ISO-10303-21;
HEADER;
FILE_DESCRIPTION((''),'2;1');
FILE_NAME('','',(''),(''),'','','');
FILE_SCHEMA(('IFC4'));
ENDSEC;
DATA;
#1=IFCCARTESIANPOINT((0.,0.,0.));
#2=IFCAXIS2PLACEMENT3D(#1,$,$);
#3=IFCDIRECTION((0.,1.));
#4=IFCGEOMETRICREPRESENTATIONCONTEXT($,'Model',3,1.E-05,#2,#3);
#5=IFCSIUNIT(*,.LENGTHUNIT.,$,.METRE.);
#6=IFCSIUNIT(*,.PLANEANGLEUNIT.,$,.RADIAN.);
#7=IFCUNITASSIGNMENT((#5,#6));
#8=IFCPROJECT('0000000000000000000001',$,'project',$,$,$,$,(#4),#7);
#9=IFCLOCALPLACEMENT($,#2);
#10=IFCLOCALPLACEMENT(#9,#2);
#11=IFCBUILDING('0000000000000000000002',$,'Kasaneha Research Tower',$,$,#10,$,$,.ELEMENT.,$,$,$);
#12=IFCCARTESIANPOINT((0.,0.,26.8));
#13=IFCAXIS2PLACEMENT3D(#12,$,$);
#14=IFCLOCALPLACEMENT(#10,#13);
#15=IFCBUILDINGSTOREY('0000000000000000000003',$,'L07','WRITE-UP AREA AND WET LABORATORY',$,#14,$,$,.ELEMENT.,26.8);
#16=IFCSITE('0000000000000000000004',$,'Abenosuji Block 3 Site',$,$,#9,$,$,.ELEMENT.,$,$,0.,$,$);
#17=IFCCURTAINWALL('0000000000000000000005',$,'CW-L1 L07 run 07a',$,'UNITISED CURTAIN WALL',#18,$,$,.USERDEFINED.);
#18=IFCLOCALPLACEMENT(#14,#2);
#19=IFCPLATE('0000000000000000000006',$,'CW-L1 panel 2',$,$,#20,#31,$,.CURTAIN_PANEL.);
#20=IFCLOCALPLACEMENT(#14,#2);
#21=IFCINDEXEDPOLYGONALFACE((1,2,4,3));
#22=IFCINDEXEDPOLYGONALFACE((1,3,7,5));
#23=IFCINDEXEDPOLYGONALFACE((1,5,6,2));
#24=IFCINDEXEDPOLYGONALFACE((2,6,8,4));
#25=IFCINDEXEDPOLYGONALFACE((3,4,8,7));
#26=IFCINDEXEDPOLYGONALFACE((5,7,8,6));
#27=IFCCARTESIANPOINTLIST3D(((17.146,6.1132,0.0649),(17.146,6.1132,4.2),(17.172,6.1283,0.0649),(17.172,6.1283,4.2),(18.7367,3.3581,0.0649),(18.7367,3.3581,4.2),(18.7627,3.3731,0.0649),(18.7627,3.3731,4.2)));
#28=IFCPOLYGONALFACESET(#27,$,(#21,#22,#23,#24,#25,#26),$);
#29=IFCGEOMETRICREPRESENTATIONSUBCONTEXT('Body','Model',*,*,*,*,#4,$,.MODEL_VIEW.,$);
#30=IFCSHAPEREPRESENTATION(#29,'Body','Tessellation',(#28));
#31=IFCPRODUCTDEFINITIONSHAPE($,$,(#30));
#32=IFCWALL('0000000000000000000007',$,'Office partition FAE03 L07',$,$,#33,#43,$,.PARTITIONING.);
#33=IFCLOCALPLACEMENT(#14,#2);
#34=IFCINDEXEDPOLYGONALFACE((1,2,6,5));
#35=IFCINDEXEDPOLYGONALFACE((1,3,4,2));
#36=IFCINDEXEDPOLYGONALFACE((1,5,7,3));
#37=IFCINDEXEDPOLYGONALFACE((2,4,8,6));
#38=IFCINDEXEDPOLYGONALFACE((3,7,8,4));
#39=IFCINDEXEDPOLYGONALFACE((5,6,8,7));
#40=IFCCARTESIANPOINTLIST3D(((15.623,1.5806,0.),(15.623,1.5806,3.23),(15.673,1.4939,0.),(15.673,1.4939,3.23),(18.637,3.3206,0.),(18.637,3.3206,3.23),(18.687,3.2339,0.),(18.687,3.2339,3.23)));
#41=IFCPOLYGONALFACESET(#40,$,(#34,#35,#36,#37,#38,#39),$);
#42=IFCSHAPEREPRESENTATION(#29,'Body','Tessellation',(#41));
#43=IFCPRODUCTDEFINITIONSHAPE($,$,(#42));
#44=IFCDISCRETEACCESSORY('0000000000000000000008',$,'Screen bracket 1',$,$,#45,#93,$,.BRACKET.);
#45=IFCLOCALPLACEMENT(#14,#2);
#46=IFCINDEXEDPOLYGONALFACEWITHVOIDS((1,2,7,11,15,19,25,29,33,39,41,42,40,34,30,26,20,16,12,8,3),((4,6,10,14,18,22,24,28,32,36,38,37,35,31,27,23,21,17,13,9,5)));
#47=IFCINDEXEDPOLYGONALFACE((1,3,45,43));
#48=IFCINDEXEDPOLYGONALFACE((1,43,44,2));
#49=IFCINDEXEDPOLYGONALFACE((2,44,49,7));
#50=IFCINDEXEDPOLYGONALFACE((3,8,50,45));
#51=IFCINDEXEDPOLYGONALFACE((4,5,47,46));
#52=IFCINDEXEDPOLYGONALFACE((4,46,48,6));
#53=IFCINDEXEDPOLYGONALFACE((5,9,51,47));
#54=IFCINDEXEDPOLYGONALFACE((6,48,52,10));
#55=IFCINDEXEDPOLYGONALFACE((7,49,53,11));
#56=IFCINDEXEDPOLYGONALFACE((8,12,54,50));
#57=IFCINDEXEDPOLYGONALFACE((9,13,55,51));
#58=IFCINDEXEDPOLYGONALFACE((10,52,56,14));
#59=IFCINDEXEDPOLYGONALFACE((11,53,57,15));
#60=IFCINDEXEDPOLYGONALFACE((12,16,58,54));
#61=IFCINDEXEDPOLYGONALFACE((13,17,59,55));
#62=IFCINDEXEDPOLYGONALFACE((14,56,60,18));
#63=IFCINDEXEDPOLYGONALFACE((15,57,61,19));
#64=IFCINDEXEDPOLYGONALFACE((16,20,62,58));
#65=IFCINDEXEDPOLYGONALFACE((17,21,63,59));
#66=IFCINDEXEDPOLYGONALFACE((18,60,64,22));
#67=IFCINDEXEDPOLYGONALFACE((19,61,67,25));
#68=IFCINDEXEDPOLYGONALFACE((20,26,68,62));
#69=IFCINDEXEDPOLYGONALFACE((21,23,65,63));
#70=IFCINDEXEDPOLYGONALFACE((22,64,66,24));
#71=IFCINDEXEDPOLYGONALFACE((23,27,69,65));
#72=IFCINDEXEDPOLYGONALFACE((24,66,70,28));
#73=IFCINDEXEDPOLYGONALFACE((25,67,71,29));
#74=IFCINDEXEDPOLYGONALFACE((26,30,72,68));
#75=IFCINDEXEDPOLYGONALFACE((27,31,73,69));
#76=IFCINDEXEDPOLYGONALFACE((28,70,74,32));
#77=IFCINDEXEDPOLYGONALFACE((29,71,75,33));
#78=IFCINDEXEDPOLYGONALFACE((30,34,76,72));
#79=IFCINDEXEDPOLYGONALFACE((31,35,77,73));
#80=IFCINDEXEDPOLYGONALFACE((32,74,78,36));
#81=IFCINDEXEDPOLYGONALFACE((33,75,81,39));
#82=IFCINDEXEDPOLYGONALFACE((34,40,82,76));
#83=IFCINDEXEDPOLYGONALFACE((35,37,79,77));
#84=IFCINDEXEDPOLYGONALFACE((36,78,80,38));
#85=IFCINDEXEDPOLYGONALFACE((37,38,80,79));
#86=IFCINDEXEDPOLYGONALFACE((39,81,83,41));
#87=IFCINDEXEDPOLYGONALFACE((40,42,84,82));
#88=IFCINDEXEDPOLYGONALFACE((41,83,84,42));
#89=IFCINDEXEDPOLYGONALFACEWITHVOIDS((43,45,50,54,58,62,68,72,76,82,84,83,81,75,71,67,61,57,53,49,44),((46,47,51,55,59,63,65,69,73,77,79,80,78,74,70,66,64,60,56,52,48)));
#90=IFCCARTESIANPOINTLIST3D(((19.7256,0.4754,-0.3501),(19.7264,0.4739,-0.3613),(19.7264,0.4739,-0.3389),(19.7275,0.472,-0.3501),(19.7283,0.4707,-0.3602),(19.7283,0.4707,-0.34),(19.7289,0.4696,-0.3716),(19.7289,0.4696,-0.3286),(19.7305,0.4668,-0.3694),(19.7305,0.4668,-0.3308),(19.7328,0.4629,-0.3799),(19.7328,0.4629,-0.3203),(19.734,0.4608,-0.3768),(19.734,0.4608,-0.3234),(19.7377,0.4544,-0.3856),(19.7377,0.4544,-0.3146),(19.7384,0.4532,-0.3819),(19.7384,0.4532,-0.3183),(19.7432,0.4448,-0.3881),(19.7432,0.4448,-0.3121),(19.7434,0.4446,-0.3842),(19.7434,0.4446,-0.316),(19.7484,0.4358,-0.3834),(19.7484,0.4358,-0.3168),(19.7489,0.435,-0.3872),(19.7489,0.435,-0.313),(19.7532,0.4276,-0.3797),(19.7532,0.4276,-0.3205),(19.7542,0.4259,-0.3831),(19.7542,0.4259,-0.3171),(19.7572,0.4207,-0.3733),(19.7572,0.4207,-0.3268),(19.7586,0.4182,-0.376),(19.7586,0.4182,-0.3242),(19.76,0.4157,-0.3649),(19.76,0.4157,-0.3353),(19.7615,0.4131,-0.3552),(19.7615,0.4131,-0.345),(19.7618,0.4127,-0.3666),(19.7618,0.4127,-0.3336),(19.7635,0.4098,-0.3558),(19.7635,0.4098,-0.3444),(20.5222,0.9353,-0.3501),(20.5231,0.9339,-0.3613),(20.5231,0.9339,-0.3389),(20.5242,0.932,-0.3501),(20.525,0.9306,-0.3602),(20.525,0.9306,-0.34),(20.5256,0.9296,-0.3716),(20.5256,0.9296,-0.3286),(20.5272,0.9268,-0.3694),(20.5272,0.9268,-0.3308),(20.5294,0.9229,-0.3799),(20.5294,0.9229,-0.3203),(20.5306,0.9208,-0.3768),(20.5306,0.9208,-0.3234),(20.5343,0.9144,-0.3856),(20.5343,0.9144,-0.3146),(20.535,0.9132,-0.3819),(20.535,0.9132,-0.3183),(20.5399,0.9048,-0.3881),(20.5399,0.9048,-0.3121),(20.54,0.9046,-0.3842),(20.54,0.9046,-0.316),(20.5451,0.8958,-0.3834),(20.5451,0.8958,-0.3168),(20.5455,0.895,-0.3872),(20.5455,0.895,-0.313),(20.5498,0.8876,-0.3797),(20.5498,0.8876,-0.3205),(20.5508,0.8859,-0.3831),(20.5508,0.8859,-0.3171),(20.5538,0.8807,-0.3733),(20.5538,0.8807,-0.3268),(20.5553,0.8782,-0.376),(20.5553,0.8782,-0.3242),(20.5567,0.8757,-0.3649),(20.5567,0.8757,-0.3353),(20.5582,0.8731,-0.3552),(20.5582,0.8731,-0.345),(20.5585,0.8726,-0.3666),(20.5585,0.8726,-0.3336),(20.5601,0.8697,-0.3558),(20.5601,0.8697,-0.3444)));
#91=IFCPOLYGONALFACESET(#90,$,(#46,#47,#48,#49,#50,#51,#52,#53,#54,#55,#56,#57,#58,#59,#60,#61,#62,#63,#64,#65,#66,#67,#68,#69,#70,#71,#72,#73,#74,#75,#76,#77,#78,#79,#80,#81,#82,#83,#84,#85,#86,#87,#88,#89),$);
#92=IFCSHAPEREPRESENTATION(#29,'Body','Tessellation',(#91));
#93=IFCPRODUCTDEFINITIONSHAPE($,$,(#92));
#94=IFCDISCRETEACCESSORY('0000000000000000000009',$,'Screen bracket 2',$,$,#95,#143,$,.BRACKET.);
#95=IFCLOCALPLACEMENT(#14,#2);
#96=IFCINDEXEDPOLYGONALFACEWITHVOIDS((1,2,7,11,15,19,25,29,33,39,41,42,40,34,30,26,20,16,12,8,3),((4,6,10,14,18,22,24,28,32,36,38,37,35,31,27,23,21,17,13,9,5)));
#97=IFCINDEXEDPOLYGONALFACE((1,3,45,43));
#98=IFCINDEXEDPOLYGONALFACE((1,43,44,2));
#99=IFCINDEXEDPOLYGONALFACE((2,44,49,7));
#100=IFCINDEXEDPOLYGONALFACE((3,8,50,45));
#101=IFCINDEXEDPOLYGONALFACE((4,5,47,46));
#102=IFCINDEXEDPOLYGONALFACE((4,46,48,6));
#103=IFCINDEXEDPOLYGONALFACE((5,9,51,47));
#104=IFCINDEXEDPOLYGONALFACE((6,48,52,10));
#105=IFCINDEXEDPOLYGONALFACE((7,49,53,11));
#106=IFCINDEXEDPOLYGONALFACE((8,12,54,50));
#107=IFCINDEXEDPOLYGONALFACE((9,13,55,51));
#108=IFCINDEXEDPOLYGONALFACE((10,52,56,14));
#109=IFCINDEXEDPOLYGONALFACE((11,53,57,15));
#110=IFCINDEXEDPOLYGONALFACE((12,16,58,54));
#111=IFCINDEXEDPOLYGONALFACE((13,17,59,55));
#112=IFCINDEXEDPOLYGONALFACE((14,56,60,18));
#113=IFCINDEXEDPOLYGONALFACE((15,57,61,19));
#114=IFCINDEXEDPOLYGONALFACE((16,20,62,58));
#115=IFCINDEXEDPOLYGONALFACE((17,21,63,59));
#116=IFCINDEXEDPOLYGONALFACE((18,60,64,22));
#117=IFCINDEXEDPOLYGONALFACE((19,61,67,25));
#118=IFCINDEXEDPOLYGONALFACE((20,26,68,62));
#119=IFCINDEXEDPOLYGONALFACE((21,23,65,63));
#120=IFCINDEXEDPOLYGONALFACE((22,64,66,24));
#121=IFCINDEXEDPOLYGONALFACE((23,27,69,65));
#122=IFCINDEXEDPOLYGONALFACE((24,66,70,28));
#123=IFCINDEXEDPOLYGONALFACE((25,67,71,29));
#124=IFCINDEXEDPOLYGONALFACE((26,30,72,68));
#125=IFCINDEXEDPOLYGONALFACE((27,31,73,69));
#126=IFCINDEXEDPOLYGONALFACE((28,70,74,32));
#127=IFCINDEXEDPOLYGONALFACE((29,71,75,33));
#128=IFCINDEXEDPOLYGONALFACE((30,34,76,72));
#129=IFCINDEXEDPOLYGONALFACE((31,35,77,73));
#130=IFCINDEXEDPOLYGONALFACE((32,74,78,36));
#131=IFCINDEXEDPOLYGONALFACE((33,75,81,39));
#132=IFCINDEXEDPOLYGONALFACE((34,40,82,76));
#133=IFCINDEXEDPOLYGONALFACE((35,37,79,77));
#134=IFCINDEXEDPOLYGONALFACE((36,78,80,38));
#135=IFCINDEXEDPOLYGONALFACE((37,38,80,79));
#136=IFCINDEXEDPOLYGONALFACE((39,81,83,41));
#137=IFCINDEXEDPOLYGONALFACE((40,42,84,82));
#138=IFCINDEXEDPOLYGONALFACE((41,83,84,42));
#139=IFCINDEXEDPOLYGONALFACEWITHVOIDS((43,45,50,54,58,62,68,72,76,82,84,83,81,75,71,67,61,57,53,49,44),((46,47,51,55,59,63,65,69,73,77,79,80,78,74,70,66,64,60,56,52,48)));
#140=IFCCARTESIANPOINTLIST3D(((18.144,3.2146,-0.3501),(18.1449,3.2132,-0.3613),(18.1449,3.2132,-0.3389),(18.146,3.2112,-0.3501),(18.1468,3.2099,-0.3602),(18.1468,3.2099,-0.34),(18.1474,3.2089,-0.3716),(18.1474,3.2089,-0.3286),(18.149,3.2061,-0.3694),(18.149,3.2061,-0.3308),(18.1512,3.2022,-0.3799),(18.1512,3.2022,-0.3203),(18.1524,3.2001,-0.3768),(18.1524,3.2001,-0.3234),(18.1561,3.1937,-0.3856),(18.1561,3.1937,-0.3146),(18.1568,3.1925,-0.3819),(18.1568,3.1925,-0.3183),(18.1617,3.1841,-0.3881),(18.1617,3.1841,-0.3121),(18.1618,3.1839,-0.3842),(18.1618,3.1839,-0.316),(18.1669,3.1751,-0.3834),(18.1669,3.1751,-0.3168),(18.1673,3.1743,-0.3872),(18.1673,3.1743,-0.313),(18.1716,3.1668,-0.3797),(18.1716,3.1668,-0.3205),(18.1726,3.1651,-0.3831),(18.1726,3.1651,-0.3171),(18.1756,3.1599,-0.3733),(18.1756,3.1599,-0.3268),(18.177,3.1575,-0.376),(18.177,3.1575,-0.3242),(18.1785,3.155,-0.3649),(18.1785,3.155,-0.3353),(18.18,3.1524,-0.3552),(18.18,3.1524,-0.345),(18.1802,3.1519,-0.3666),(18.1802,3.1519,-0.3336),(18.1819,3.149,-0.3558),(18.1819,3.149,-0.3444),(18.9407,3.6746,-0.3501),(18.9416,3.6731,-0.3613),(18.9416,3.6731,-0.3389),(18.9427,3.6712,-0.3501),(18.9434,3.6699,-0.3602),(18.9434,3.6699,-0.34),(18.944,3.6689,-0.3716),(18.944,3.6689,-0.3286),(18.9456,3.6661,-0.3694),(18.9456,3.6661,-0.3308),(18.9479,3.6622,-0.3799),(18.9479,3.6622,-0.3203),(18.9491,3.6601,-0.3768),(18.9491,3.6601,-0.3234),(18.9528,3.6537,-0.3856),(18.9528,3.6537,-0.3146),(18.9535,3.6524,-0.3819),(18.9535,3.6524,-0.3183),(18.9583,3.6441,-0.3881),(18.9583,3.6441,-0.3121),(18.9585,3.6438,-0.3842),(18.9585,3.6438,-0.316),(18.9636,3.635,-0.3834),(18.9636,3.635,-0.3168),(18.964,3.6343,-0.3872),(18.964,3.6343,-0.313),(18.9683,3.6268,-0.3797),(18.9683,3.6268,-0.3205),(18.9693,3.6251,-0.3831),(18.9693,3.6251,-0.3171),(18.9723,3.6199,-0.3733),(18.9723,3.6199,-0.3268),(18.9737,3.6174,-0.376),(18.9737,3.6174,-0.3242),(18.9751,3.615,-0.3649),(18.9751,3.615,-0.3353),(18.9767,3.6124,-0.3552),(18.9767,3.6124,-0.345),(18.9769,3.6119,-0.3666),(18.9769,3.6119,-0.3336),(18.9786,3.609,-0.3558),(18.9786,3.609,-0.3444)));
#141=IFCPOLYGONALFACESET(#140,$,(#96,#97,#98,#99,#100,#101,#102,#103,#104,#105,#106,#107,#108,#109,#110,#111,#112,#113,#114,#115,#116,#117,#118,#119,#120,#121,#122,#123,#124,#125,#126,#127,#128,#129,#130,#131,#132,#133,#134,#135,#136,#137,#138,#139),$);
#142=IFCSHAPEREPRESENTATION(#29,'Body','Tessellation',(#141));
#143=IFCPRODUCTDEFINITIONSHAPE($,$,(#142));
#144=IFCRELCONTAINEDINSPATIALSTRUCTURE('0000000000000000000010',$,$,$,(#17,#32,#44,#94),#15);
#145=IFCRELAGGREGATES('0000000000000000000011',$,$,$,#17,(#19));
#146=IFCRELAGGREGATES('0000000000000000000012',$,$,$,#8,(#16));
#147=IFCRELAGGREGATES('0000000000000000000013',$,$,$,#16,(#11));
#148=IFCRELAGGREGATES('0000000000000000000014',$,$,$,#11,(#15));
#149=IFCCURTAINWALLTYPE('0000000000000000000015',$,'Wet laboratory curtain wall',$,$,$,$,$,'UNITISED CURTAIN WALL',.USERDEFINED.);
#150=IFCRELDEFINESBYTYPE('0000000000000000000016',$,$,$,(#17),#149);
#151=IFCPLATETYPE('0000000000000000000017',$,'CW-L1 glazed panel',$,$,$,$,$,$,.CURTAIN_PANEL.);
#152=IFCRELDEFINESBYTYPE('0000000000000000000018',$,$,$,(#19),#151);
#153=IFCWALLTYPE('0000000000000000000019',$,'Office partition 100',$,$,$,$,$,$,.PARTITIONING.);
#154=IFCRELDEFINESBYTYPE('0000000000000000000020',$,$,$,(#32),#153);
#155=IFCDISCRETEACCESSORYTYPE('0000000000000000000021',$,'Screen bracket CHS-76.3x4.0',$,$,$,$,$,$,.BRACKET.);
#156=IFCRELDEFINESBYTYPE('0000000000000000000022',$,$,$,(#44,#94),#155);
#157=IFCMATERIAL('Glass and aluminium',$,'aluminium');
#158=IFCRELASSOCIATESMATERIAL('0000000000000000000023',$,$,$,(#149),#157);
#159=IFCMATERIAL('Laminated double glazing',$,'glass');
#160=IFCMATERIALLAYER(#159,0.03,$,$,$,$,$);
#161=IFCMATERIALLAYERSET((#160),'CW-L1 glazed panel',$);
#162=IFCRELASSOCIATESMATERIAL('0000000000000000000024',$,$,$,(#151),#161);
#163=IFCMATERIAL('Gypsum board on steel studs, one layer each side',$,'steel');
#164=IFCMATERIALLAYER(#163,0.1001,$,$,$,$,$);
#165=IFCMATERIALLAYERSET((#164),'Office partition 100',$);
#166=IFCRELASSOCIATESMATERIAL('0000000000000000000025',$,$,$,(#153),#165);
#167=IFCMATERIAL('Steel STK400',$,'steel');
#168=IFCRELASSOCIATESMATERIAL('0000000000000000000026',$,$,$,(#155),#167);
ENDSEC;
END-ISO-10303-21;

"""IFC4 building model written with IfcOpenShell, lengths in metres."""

from ifc_helpers import new_model, si_unit, direction, frame, frame_2d, origin, origin_2d, place, context, subcontext, project, spatial, rectangle, hollow_circle, extrude, material, layer, layer_set, material_profile, profile_set, type_object, element, aggregate, save


model = new_model("IFC4")

# Units and contexts
model_context = context("Model", 3, precision=1e-05, world=origin(), true_north=direction((0.0, 1.0)))
body_context = subcontext(model_context, "Body", "Model", "MODEL_VIEW")
ifc_project = project(units=[si_unit("LENGTHUNIT", "METRE"), si_unit("PLANEANGLEUNIT", "RADIAN")], contexts=[model_context])

# Site, building, storey
site_placement = place(None, origin())
site = spatial("IfcSite", under=ifc_project, at=site_placement, Name="Abenosuji Block 3 Site", CompositionType="ELEMENT", RefElevation=0.0)
building_placement = place(site_placement, origin())
building = spatial("IfcBuilding", under=site, at=building_placement, Name="Kasaneha Research Tower", CompositionType="ELEMENT")
storey_placement = place(building_placement, frame((0.0, 0.0, 26.8)))
storey = spatial("IfcBuildingStorey", under=building, at=storey_placement, Name="L07", Description="WRITE-UP AREA AND WET LABORATORY", CompositionType="ELEMENT", Elevation=26.8)

# Shared definitions
ifc_material_1 = material(Name="Glass and aluminium", Category="aluminium")
curtain_wall_type = type_object("IfcCurtainWallType", Name="Wet laboratory curtain wall", ElementType="UNITISED CURTAIN WALL", PredefinedType="USERDEFINED", material=ifc_material_1)

# Curtain wall
curtain_wall_1_placement = place(storey_placement, origin())
curtain_wall_1 = element("IfcCurtainWall", 1, at=curtain_wall_1_placement, inside=storey, type_object=curtain_wall_type, Name="CW-L1 L07 run 07a", ObjectType="UNITISED CURTAIN WALL", PredefinedType="USERDEFINED")

# Plate
ifc_material_2 = material(Name="Laminated double glazing", Category="glass")
ifc_layer_1 = layer(ifc_material_2, 0.03)
ifc_layer_set_1 = layer_set([ifc_layer_1], Name="CW-L1 glazed panel")
plate_type = type_object("IfcPlateType", Name="CW-L1 glazed panel", PredefinedType="CURTAIN_PANEL", material=ifc_layer_set_1)
plate_1_placement = place(storey_placement, frame((17.9543, 4.7432, 0.0649), z_axis=(0.0, 0.0, 1.0), x_axis=(-0.5, 0.866025, 0.0)))
plate_1 = element("IfcPlate", 2, at=plate_1_placement, type_object=plate_type, Name="CW-L1 panel 2", PredefinedType="CURTAIN_PANEL", context=body_context, shape_type="SweptSolid", body=[
    extrude(rectangle(XDim=3.1814, YDim=0.03, at=origin_2d()), origin(), (0.0, 0.0, 1.0), 4.135),
])
aggregate(curtain_wall_1, [plate_1])

# Wall
ifc_material_3 = material(Name="Gypsum board on steel studs, one layer each side", Category="steel")
ifc_layer_2 = layer(ifc_material_3, 0.1001)
ifc_layer_set_2 = layer_set([ifc_layer_2], Name="Office partition 100")
wall_type = type_object("IfcWallType", Name="Office partition 100", PredefinedType="PARTITIONING", material=ifc_layer_set_2)
wall_placement = place(storey_placement, frame((18.6621, 3.2773, 0.0), z_axis=(0.0, 0.0, 1.0), x_axis=(-0.866037, -0.49998, 0.0)))
element("IfcWall", 3, at=wall_placement, inside=storey, type_object=wall_type, Name="Office partition FAE03 L07", PredefinedType="PARTITIONING", context=body_context, shape_type="SweptSolid", body=[
    extrude(rectangle(XDim=3.4802, YDim=0.1001, at=frame_2d((1.7402, 0.0))), origin(), (0.0, 0.0, 1.0), 3.23),
])

# Discrete accessories
ifc_material_4 = material(Name="Steel STK400", Category="steel")
ifc_material_profile_1 = material_profile(ifc_material_4, hollow_circle(Radius=0.0381, WallThickness=0.0039, at=origin_2d()), Name="CHS-76.3x4.0")
ifc_profile_set_1 = profile_set([ifc_material_profile_1], Name="Steel STK400")
discrete_accessory_type = type_object("IfcDiscreteAccessoryType", Name="Screen bracket CHS-76.3x4.0", PredefinedType="BRACKET", material=ifc_profile_set_1)
for number, where, z_axis, x_axis, name in (
    (4, (19.7446, 0.4424, -0.3501), (0.866013, 0.500021, 0.0), (-0.500021, 0.866013, 0.0), "Screen bracket 1"),
    (5, (18.1631, 3.1816, -0.3501), (0.866013, 0.500021, 0.0), (-0.500021, 0.866013, 0.0), "Screen bracket 2"),
):
    element("IfcDiscreteAccessory", number, at=place(storey_placement, frame(where, z_axis=z_axis, x_axis=x_axis)), inside=storey, type_object=discrete_accessory_type, Name=name, PredefinedType="BRACKET", context=body_context, shape_type="SweptSolid", body=[
        extrude(hollow_circle(Radius=0.0381, WallThickness=0.0039, at=origin_2d()), origin(), (0.0, 0.0, 1.0), 0.9199),
    ])

save(model, "model.ifc")
